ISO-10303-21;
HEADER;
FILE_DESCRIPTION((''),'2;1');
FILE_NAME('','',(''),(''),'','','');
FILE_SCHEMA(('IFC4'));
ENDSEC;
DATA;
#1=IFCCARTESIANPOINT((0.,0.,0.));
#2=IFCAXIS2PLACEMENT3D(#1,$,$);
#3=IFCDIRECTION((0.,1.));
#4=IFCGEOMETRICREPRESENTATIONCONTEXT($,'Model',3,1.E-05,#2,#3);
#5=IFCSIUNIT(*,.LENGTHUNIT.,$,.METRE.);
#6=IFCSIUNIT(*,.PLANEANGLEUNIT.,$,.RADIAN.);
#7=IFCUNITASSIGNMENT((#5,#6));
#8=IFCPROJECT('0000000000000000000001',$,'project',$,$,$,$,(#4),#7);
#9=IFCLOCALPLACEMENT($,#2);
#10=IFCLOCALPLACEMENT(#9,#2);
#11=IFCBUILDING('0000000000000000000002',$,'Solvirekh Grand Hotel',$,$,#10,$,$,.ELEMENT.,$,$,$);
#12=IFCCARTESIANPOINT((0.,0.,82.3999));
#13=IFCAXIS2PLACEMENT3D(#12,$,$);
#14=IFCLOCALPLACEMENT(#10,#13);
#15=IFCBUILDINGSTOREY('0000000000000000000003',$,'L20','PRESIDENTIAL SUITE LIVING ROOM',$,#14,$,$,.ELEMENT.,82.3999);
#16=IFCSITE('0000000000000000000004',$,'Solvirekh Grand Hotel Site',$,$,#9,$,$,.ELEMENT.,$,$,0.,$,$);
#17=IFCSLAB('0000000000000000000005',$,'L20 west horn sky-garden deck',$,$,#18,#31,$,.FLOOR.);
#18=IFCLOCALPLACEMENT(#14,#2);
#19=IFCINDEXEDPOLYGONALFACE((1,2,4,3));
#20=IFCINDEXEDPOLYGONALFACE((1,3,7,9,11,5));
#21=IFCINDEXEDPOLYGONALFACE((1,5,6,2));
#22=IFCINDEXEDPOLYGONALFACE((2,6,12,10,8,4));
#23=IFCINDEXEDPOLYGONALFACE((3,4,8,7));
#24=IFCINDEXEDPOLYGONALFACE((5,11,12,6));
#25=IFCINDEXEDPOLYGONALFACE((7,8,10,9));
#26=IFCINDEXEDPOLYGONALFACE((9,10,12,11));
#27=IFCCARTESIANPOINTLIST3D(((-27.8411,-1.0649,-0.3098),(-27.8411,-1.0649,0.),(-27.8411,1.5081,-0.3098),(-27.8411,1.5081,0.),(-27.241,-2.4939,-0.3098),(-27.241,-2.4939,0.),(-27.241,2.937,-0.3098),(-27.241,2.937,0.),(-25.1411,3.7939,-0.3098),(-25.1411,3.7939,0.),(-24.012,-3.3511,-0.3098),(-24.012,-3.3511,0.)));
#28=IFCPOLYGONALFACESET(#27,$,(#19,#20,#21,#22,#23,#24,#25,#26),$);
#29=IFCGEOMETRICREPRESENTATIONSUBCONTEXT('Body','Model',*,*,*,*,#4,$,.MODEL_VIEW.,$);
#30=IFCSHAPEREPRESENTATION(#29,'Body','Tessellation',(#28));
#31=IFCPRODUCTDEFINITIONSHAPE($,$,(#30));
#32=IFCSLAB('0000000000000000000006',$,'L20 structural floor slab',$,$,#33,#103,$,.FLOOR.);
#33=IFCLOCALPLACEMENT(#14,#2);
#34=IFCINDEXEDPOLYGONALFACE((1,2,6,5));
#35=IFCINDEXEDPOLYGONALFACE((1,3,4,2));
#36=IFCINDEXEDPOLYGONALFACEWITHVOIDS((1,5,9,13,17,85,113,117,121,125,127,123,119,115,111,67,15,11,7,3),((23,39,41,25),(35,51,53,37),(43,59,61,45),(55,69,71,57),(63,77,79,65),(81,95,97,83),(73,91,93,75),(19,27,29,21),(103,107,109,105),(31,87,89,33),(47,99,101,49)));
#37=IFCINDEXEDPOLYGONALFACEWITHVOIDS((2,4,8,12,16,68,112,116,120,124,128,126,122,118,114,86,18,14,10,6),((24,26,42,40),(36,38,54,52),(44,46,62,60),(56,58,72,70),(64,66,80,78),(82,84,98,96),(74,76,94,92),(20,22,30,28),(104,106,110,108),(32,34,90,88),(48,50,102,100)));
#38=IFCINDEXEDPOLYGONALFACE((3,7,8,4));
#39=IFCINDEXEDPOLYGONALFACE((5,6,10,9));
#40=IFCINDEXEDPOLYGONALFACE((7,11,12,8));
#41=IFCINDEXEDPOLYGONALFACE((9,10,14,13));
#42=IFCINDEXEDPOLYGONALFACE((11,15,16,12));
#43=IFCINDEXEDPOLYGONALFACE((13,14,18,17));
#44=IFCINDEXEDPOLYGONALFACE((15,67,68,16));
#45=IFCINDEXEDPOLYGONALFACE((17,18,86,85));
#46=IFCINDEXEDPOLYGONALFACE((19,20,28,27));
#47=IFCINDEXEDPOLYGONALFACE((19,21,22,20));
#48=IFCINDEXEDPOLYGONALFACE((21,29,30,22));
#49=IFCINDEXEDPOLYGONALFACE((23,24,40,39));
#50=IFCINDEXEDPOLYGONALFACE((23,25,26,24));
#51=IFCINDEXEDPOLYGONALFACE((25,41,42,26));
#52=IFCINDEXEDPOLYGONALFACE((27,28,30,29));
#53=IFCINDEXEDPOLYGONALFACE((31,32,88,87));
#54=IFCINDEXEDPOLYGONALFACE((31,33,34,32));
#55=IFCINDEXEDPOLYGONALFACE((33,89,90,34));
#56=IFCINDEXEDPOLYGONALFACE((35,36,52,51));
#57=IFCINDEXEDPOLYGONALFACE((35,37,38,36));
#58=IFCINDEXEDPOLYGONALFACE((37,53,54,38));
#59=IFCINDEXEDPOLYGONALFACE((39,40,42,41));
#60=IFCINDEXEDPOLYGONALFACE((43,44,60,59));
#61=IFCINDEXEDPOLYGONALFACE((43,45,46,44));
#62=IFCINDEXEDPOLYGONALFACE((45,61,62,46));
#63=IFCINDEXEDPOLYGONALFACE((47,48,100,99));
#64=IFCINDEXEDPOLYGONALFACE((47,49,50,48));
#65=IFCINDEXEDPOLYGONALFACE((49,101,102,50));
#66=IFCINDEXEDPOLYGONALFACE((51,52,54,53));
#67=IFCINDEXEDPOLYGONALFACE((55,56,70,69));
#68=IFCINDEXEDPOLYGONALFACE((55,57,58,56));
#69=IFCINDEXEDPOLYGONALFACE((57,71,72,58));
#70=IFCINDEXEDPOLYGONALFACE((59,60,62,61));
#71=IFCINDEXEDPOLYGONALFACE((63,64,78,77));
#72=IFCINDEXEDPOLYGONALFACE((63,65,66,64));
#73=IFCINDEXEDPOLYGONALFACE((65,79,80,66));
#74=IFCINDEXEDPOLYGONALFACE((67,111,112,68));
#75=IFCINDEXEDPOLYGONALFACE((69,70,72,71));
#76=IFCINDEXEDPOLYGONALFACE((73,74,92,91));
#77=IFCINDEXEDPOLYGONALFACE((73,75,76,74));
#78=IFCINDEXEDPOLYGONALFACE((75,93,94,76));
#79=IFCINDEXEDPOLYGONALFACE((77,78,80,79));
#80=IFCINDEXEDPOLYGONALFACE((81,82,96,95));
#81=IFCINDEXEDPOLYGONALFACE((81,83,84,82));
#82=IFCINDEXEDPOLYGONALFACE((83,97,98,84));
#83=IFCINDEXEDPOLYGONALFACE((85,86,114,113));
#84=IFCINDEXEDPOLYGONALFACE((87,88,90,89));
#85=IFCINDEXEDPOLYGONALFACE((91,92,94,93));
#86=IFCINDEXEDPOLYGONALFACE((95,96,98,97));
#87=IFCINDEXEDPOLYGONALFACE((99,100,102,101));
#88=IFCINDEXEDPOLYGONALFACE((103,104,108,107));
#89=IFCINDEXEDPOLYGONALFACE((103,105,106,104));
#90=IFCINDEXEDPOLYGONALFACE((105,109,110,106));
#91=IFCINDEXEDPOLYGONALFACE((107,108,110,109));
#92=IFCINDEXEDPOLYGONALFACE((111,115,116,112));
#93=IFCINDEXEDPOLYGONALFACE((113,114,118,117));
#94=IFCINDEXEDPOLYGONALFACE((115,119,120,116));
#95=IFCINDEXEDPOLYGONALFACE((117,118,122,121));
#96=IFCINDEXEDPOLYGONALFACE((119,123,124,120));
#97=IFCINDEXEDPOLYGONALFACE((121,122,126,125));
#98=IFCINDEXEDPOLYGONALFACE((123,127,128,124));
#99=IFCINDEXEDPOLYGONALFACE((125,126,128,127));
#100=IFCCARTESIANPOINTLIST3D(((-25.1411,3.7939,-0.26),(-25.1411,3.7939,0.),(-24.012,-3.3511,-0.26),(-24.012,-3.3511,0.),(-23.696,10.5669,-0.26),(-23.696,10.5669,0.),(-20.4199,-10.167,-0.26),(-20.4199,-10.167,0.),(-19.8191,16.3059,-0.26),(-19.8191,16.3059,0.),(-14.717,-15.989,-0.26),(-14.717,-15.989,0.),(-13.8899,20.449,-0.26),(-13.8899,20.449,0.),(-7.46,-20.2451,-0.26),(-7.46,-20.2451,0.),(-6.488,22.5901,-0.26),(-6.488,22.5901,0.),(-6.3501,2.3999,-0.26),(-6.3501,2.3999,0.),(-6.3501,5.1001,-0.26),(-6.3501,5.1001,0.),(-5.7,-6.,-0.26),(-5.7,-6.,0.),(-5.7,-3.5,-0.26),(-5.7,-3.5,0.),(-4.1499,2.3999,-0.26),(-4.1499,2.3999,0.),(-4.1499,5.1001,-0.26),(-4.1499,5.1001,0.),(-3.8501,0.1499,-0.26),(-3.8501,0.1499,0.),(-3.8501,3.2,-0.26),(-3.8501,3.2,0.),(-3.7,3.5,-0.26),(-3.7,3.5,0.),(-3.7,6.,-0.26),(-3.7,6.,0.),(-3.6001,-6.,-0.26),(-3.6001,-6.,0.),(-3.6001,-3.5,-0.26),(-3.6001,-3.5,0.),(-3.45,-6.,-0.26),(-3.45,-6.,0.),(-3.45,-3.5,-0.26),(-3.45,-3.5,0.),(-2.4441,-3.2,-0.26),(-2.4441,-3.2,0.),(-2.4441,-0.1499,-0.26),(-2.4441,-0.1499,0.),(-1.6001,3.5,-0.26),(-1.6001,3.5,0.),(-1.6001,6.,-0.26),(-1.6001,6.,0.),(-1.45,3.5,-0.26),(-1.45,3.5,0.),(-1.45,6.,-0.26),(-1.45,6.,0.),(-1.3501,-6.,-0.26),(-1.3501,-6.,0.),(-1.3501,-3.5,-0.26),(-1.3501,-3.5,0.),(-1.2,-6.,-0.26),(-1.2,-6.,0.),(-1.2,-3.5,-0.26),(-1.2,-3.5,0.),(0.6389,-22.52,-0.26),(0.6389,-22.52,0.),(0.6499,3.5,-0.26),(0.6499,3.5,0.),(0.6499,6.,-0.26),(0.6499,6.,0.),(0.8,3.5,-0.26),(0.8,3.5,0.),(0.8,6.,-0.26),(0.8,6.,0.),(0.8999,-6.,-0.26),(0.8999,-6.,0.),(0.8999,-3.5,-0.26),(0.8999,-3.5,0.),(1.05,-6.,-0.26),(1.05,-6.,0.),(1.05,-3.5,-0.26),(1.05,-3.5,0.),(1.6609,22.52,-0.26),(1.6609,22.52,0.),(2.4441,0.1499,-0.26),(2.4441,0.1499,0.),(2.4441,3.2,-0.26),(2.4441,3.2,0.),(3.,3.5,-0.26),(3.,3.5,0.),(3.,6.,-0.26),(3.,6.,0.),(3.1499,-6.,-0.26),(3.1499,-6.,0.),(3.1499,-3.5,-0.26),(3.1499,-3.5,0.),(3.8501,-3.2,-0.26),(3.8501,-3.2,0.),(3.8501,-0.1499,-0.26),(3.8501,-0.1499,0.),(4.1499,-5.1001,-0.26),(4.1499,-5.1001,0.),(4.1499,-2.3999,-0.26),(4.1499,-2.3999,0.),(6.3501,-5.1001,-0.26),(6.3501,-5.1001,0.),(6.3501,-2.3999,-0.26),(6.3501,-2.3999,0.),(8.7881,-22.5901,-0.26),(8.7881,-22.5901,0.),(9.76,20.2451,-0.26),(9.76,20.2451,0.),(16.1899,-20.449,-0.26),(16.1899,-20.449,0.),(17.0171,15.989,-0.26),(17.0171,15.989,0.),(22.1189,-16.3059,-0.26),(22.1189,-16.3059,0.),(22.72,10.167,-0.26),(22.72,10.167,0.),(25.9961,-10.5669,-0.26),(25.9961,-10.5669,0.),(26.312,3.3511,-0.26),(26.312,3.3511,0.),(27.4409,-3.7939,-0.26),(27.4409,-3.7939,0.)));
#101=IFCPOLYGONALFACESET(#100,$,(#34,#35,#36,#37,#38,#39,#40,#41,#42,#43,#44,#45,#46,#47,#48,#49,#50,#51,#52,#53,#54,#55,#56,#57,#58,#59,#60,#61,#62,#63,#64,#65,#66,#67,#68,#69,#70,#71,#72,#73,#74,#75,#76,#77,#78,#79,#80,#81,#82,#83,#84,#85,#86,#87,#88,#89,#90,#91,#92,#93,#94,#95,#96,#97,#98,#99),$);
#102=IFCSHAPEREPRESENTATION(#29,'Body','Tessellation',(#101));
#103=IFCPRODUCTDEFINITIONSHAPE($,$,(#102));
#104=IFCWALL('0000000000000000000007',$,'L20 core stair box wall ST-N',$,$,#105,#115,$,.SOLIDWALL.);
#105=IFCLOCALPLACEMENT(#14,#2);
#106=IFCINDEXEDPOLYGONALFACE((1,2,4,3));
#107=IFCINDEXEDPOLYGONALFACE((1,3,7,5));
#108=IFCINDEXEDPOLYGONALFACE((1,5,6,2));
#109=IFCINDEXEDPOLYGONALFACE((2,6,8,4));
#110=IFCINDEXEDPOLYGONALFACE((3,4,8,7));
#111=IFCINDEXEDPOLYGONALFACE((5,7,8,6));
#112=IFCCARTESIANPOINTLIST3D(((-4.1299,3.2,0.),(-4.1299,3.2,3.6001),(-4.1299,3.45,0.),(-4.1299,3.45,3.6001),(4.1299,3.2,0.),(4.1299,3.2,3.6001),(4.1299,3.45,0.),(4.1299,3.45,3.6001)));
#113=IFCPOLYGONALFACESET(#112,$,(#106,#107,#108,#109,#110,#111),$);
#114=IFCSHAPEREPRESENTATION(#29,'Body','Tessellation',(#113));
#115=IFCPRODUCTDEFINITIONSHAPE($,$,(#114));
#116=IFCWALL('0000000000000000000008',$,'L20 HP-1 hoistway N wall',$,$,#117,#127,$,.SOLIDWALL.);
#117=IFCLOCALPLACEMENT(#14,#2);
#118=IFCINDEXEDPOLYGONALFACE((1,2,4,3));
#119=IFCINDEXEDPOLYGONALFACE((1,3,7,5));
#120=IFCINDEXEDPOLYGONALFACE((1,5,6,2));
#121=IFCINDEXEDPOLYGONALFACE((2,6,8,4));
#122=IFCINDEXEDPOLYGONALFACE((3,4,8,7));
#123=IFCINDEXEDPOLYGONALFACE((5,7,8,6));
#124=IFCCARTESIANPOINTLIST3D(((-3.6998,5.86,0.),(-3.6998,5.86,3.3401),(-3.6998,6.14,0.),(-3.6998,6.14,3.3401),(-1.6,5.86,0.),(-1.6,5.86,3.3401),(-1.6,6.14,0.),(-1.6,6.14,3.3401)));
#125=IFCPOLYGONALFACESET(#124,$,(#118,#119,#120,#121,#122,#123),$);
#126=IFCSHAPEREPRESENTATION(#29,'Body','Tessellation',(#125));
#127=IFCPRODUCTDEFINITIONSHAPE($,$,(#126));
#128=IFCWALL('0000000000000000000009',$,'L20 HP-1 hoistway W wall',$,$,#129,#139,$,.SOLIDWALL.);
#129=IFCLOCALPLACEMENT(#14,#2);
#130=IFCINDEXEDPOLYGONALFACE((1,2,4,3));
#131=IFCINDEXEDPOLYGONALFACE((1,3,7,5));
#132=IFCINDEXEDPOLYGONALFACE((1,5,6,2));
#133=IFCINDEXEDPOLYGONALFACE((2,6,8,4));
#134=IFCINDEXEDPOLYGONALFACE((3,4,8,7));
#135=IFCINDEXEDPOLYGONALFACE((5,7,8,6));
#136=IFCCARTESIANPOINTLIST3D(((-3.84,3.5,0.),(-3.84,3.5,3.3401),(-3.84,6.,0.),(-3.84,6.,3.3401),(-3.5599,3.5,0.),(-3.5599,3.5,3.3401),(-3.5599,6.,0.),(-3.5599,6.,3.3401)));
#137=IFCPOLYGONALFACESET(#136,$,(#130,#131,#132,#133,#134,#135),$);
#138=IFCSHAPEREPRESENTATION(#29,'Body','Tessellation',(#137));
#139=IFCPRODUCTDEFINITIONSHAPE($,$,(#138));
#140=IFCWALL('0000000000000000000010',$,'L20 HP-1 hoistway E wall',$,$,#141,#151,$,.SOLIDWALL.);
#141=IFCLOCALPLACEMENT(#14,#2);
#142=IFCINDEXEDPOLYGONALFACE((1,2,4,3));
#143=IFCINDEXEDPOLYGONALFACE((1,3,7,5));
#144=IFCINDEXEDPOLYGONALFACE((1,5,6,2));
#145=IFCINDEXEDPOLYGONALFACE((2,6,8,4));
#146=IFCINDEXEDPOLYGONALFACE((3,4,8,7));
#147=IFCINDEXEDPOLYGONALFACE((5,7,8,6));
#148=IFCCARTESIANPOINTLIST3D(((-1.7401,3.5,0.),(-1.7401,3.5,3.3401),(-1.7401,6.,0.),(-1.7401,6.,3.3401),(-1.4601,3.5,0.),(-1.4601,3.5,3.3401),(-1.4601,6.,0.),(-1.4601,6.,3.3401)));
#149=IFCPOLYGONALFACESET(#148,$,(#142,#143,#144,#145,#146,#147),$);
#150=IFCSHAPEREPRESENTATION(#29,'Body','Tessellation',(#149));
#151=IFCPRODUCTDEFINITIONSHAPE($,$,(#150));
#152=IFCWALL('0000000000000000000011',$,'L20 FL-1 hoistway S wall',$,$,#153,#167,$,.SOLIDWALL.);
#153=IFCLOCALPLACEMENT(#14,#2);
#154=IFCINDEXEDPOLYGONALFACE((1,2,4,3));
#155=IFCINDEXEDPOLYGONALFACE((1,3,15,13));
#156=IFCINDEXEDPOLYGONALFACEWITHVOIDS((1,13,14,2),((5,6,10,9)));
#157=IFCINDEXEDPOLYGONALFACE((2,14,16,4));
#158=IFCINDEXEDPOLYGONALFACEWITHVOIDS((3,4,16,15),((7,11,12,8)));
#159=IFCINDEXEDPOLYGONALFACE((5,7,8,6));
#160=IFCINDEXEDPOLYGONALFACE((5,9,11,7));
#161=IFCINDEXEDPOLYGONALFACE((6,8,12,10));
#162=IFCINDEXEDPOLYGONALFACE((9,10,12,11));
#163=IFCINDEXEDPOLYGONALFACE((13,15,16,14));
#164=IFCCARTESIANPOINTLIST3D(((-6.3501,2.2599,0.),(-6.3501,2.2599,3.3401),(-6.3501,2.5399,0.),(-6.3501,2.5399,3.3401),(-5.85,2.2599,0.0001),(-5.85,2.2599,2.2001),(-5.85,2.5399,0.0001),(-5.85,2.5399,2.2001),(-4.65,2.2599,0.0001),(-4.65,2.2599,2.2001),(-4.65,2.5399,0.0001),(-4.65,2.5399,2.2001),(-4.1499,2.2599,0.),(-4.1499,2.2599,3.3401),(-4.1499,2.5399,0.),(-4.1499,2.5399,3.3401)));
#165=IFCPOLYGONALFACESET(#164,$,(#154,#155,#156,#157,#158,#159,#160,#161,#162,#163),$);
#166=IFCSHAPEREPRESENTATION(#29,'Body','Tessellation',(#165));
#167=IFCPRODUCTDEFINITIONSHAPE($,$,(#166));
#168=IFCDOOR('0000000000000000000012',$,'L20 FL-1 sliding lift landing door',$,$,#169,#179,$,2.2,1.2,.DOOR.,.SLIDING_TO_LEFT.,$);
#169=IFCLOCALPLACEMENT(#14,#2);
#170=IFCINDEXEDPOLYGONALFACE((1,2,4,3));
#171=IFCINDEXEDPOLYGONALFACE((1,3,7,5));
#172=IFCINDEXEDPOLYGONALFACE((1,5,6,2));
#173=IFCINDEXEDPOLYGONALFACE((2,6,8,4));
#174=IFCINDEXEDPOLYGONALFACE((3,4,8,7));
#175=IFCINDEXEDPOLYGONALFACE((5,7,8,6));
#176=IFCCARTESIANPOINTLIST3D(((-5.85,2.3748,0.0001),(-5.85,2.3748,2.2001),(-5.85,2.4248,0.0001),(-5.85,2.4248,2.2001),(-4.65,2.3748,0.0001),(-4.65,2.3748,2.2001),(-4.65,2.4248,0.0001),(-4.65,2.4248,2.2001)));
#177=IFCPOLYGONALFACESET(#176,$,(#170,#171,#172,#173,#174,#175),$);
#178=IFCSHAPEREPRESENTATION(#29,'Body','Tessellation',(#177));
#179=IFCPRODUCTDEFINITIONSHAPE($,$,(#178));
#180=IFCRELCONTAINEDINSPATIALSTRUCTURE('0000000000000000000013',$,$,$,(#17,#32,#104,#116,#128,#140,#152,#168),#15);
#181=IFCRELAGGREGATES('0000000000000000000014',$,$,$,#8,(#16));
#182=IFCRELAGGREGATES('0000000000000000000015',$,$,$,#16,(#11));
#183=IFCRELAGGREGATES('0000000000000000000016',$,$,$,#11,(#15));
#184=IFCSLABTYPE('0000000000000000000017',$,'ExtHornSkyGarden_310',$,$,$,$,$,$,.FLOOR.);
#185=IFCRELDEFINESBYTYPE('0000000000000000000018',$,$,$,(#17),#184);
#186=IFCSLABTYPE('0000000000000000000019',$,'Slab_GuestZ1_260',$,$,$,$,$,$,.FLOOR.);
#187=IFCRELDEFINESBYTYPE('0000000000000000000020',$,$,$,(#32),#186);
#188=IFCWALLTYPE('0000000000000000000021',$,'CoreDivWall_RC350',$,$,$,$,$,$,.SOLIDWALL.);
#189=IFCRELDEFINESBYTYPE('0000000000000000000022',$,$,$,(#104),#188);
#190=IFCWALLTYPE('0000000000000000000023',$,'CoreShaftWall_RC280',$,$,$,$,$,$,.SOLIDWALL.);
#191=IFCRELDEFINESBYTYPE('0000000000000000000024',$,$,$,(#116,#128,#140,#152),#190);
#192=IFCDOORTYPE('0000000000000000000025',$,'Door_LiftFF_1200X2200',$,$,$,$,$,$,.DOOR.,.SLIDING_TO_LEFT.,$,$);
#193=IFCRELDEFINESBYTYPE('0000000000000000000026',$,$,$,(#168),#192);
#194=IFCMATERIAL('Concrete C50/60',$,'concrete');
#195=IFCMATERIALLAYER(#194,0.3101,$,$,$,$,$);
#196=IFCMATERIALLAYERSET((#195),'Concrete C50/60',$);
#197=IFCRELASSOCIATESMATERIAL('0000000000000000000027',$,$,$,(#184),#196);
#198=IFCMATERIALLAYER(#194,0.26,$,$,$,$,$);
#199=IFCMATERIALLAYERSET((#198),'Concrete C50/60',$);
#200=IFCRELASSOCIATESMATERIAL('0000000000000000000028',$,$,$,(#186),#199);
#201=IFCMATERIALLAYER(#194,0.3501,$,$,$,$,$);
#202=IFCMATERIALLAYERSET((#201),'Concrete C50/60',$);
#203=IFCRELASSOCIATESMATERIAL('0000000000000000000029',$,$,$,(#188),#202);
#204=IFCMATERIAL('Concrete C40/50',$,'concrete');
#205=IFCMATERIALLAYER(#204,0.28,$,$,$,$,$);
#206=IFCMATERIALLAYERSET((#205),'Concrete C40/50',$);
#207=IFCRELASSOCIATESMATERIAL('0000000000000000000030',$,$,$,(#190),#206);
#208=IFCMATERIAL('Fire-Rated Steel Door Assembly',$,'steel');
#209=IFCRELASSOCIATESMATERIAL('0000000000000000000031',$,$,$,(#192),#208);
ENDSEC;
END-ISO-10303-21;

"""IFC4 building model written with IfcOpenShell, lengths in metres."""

from ifc_helpers import new_model, si_unit, direction, frame, frame_2d, origin, place, context, subcontext, project, spatial, polyline, rectangle, outline, extrude, material, layer, layer_set, type_object, element, fill, save


model = new_model("IFC4")

# Units and contexts
model_context = context("Model", 3, precision=1e-05, world=origin(), true_north=direction((0.0, 1.0)))
body_context = subcontext(model_context, "Body", "Model", "MODEL_VIEW")
ifc_project = project(units=[si_unit("LENGTHUNIT", "METRE"), si_unit("PLANEANGLEUNIT", "RADIAN")], contexts=[model_context])

# Site, building, storey
site_placement = place(None, origin())
site = spatial("IfcSite", under=ifc_project, at=site_placement, Name="Solvirekh Grand Hotel Site", CompositionType="ELEMENT", RefElevation=0.0)
building_placement = place(site_placement, origin())
building = spatial("IfcBuilding", under=site, at=building_placement, Name="Solvirekh Grand Hotel", CompositionType="ELEMENT")
storey_placement = place(building_placement, frame((0.0, 0.0, 82.3999)))
storey = spatial("IfcBuildingStorey", under=building, at=storey_placement, Name="L20", Description="PRESIDENTIAL SUITE LIVING ROOM", CompositionType="ELEMENT", Elevation=82.3999)

# Shared definitions
ifc_material_1 = material(Name="Concrete C50/60", Category="concrete")

# Slabs
ifc_layer_1 = layer(ifc_material_1, 0.3101)
ifc_layer_set_1 = layer_set([ifc_layer_1], Name="Concrete C50/60")
slab_type_1 = type_object("IfcSlabType", Name="ExtHornSkyGarden_310", PredefinedType="FLOOR", material=ifc_layer_set_1)
slab_1_placement = place(storey_placement, frame((0.0, 0.0, -0.3098)))
element("IfcSlab", 1, at=slab_1_placement, inside=storey, type_object=slab_type_1, Name="L20 west horn sky-garden deck", PredefinedType="FLOOR", context=body_context, shape_type="SweptSolid", body=[
    extrude(outline(polyline([(-27.241, 2.937), (-27.8411, 1.5081), (-27.8411, -1.0649), (-27.241, -2.4939), (-24.012, -3.3511), (-25.1411, 3.7939), (-27.241, 2.937)])), origin(), (0.0, 0.0, 1.0), 0.3098),
])
ifc_layer_2 = layer(ifc_material_1, 0.26)
ifc_layer_set_2 = layer_set([ifc_layer_2], Name="Concrete C50/60")
slab_type_2 = type_object("IfcSlabType", Name="Slab_GuestZ1_260", PredefinedType="FLOOR", material=ifc_layer_set_2)
slab_2_placement = place(storey_placement, frame((0.0, 0.0, -0.26)))
element("IfcSlab", 2, at=slab_2_placement, inside=storey, type_object=slab_type_2, Name="L20 structural floor slab", PredefinedType="FLOOR", context=body_context, shape_type="SweptSolid", body=[
    extrude(outline(polyline([(25.9961, -10.5669), (27.4409, -3.7939), (26.312, 3.3511), (22.72, 10.167), (17.0171, 15.989), (9.76, 20.2451), (1.6609, 22.52), (-6.488, 22.5901), (-13.8899, 20.449), (-19.8191, 16.3059), (-23.696, 10.5669), (-25.1411, 3.7939), (-24.012, -3.3511), (-20.4199, -10.167), (-14.717, -15.989), (-7.46, -20.2451), (0.6389, -22.52), (8.7881, -22.5901), (16.1899, -20.449), (22.1189, -16.3059), (25.9961, -10.5669)]), holes=[polyline([(-2.4441, -0.1499), (3.8501, -0.1499), (3.8501, -3.2), (-2.4441, -3.2), (-2.4441, -0.1499)]), polyline([(2.4441, 0.1499), (-3.8501, 0.1499), (-3.8501, 3.2), (2.4441, 3.2), (2.4441, 0.1499)]), polyline([(-5.7, -3.5), (-3.6001, -3.5), (-3.6001, -6.0), (-5.7, -6.0), (-5.7, -3.5)]), polyline([(-3.45, -3.5), (-1.3501, -3.5), (-1.3501, -6.0), (-3.45, -6.0), (-3.45, -3.5)]), polyline([(-1.2, -3.5), (0.8999, -3.5), (0.8999, -6.0), (-1.2, -6.0), (-1.2, -3.5)]), polyline([(1.05, -3.5), (3.1499, -3.5), (3.1499, -6.0), (1.05, -6.0), (1.05, -3.5)]), polyline([(-3.7, 6.0), (-1.6001, 6.0), (-1.6001, 3.5), (-3.7, 3.5), (-3.7, 6.0)]), polyline([(-1.45, 6.0), (0.6499, 6.0), (0.6499, 3.5), (-1.45, 3.5), (-1.45, 6.0)]), polyline([(0.8, 6.0), (3.0, 6.0), (3.0, 3.5), (0.8, 3.5), (0.8, 6.0)]), polyline([(-6.3501, 5.1001), (-4.1499, 5.1001), (-4.1499, 2.3999), (-6.3501, 2.3999), (-6.3501, 5.1001)]), polyline([(4.1499, -2.3999), (6.3501, -2.3999), (6.3501, -5.1001), (4.1499, -5.1001), (4.1499, -2.3999)])]), origin(), (0.0, 0.0, 1.0), 0.26),
])

# Walls
ifc_layer_3 = layer(ifc_material_1, 0.3501)
ifc_layer_set_3 = layer_set([ifc_layer_3], Name="Concrete C50/60")
wall_type_1 = type_object("IfcWallType", Name="CoreDivWall_RC350", PredefinedType="SOLIDWALL", material=ifc_layer_set_3)
wall_1_placement = place(storey_placement, frame((-4.1299, 3.325, 0.0), z_axis=(0.0, 0.0, 1.0), x_axis=(1.0, 0.0, 0.0)))
element("IfcWall", 3, at=wall_1_placement, inside=storey, type_object=wall_type_1, Name="L20 core stair box wall ST-N", PredefinedType="SOLIDWALL", context=body_context, shape_type="SweptSolid", body=[
    extrude(rectangle(XDim=8.2598, YDim=0.25, at=frame_2d((4.1299, 0.0))), origin(), (0.0, 0.0, 1.0), 3.6001),
])
ifc_material_2 = material(Name="Concrete C40/50", Category="concrete")
ifc_layer_4 = layer(ifc_material_2, 0.28)
ifc_layer_set_4 = layer_set([ifc_layer_4], Name="Concrete C40/50")
wall_type_2 = type_object("IfcWallType", Name="CoreShaftWall_RC280", PredefinedType="SOLIDWALL", material=ifc_layer_set_4)
wall_2_placement = place(storey_placement, frame((-1.6001, 6.0, 0.0), z_axis=(0.0, 0.0, 1.0), x_axis=(-1.0, 0.0, 0.0)))
element("IfcWall", 4, at=wall_2_placement, inside=storey, type_object=wall_type_2, Name="L20 HP-1 hoistway N wall", PredefinedType="SOLIDWALL", context=body_context, shape_type="SweptSolid", body=[
    extrude(rectangle(XDim=2.0999, YDim=0.28, at=frame_2d((1.0498, 0.0))), origin(), (0.0, 0.0, 1.0), 3.3401),
])
for number, where, z_axis, x_axis, name in (
    (5, (-3.7, 6.0, 0.0), (0.0, 0.0, 1.0), (0.0, -1.0, 0.0), "L20 HP-1 hoistway W wall"),
    (6, (-1.6001, 3.5, 0.0), (0.0, 0.0, 1.0), (0.0, 1.0, 0.0), "L20 HP-1 hoistway E wall"),
):
    element("IfcWall", number, at=place(storey_placement, frame(where, z_axis=z_axis, x_axis=x_axis)), inside=storey, type_object=wall_type_2, Name=name, PredefinedType="SOLIDWALL", context=body_context, shape_type="SweptSolid", body=[
        extrude(rectangle(XDim=2.5, YDim=0.28, at=frame_2d((1.25, 0.0))), origin(), (0.0, 0.0, 1.0), 3.3401),
    ])

# Wall, opening, door
wall_3_placement = place(storey_placement, frame((-6.3501, 2.3999, 0.0), z_axis=(0.0, 0.0, 1.0), x_axis=(1.0, 0.0, 0.0)))
wall_3 = element("IfcWall", 7, at=wall_3_placement, inside=storey, type_object=wall_type_2, Name="L20 FL-1 hoistway S wall", PredefinedType="SOLIDWALL", context=body_context, shape_type="SweptSolid", body=[
    extrude(rectangle(XDim=2.2002, YDim=0.28, at=frame_2d((1.1001, 0.0))), origin(), (0.0, 0.0, 1.0), 3.3401),
])
opening_1_placement = place(wall_3_placement, frame((0.5, 0.0, 0.0)))
opening_1 = element("IfcOpeningElement", 8, at=opening_1_placement, cuts=wall_3, PredefinedType="OPENING", context=body_context, shape_type="SweptSolid", body=[
    extrude(rectangle(XDim=1.2, YDim=2.2, at=frame_2d((0.6001, 1.1001))), frame((0.0, 0.1499, 0.0), z_axis=(0.0, -1.0, 0.0), x_axis=(1.0, 0.0, 0.0)), (0.0, 0.0, 1.0), 0.3),
])
ifc_material_3 = material(Name="Fire-Rated Steel Door Assembly", Category="steel")
door_type_1 = type_object("IfcDoorType", Name="Door_LiftFF_1200X2200", OperationType="SLIDING_TO_LEFT", PredefinedType="DOOR", material=ifc_material_3)
door_1_placement = place(opening_1_placement, origin())
door_1 = element("IfcDoor", 9, at=door_1_placement, inside=storey, type_object=door_type_1, Name="L20 FL-1 sliding lift landing door", OperationType="SLIDING_TO_LEFT", OverallHeight=2.2, OverallWidth=1.2, PredefinedType="DOOR", context=body_context, shape_type="SweptSolid", body=[
    extrude(rectangle(XDim=1.2, YDim=2.2, at=frame_2d((0.6001, 1.1001))), frame((0.0, 0.0249, 0.0), z_axis=(0.0, -1.0, 0.0), x_axis=(1.0, 0.0, 0.0)), (0.0, 0.0, 1.0), 0.05),
])
fill(opening_1, door_1)

save(model, "model.ifc")
